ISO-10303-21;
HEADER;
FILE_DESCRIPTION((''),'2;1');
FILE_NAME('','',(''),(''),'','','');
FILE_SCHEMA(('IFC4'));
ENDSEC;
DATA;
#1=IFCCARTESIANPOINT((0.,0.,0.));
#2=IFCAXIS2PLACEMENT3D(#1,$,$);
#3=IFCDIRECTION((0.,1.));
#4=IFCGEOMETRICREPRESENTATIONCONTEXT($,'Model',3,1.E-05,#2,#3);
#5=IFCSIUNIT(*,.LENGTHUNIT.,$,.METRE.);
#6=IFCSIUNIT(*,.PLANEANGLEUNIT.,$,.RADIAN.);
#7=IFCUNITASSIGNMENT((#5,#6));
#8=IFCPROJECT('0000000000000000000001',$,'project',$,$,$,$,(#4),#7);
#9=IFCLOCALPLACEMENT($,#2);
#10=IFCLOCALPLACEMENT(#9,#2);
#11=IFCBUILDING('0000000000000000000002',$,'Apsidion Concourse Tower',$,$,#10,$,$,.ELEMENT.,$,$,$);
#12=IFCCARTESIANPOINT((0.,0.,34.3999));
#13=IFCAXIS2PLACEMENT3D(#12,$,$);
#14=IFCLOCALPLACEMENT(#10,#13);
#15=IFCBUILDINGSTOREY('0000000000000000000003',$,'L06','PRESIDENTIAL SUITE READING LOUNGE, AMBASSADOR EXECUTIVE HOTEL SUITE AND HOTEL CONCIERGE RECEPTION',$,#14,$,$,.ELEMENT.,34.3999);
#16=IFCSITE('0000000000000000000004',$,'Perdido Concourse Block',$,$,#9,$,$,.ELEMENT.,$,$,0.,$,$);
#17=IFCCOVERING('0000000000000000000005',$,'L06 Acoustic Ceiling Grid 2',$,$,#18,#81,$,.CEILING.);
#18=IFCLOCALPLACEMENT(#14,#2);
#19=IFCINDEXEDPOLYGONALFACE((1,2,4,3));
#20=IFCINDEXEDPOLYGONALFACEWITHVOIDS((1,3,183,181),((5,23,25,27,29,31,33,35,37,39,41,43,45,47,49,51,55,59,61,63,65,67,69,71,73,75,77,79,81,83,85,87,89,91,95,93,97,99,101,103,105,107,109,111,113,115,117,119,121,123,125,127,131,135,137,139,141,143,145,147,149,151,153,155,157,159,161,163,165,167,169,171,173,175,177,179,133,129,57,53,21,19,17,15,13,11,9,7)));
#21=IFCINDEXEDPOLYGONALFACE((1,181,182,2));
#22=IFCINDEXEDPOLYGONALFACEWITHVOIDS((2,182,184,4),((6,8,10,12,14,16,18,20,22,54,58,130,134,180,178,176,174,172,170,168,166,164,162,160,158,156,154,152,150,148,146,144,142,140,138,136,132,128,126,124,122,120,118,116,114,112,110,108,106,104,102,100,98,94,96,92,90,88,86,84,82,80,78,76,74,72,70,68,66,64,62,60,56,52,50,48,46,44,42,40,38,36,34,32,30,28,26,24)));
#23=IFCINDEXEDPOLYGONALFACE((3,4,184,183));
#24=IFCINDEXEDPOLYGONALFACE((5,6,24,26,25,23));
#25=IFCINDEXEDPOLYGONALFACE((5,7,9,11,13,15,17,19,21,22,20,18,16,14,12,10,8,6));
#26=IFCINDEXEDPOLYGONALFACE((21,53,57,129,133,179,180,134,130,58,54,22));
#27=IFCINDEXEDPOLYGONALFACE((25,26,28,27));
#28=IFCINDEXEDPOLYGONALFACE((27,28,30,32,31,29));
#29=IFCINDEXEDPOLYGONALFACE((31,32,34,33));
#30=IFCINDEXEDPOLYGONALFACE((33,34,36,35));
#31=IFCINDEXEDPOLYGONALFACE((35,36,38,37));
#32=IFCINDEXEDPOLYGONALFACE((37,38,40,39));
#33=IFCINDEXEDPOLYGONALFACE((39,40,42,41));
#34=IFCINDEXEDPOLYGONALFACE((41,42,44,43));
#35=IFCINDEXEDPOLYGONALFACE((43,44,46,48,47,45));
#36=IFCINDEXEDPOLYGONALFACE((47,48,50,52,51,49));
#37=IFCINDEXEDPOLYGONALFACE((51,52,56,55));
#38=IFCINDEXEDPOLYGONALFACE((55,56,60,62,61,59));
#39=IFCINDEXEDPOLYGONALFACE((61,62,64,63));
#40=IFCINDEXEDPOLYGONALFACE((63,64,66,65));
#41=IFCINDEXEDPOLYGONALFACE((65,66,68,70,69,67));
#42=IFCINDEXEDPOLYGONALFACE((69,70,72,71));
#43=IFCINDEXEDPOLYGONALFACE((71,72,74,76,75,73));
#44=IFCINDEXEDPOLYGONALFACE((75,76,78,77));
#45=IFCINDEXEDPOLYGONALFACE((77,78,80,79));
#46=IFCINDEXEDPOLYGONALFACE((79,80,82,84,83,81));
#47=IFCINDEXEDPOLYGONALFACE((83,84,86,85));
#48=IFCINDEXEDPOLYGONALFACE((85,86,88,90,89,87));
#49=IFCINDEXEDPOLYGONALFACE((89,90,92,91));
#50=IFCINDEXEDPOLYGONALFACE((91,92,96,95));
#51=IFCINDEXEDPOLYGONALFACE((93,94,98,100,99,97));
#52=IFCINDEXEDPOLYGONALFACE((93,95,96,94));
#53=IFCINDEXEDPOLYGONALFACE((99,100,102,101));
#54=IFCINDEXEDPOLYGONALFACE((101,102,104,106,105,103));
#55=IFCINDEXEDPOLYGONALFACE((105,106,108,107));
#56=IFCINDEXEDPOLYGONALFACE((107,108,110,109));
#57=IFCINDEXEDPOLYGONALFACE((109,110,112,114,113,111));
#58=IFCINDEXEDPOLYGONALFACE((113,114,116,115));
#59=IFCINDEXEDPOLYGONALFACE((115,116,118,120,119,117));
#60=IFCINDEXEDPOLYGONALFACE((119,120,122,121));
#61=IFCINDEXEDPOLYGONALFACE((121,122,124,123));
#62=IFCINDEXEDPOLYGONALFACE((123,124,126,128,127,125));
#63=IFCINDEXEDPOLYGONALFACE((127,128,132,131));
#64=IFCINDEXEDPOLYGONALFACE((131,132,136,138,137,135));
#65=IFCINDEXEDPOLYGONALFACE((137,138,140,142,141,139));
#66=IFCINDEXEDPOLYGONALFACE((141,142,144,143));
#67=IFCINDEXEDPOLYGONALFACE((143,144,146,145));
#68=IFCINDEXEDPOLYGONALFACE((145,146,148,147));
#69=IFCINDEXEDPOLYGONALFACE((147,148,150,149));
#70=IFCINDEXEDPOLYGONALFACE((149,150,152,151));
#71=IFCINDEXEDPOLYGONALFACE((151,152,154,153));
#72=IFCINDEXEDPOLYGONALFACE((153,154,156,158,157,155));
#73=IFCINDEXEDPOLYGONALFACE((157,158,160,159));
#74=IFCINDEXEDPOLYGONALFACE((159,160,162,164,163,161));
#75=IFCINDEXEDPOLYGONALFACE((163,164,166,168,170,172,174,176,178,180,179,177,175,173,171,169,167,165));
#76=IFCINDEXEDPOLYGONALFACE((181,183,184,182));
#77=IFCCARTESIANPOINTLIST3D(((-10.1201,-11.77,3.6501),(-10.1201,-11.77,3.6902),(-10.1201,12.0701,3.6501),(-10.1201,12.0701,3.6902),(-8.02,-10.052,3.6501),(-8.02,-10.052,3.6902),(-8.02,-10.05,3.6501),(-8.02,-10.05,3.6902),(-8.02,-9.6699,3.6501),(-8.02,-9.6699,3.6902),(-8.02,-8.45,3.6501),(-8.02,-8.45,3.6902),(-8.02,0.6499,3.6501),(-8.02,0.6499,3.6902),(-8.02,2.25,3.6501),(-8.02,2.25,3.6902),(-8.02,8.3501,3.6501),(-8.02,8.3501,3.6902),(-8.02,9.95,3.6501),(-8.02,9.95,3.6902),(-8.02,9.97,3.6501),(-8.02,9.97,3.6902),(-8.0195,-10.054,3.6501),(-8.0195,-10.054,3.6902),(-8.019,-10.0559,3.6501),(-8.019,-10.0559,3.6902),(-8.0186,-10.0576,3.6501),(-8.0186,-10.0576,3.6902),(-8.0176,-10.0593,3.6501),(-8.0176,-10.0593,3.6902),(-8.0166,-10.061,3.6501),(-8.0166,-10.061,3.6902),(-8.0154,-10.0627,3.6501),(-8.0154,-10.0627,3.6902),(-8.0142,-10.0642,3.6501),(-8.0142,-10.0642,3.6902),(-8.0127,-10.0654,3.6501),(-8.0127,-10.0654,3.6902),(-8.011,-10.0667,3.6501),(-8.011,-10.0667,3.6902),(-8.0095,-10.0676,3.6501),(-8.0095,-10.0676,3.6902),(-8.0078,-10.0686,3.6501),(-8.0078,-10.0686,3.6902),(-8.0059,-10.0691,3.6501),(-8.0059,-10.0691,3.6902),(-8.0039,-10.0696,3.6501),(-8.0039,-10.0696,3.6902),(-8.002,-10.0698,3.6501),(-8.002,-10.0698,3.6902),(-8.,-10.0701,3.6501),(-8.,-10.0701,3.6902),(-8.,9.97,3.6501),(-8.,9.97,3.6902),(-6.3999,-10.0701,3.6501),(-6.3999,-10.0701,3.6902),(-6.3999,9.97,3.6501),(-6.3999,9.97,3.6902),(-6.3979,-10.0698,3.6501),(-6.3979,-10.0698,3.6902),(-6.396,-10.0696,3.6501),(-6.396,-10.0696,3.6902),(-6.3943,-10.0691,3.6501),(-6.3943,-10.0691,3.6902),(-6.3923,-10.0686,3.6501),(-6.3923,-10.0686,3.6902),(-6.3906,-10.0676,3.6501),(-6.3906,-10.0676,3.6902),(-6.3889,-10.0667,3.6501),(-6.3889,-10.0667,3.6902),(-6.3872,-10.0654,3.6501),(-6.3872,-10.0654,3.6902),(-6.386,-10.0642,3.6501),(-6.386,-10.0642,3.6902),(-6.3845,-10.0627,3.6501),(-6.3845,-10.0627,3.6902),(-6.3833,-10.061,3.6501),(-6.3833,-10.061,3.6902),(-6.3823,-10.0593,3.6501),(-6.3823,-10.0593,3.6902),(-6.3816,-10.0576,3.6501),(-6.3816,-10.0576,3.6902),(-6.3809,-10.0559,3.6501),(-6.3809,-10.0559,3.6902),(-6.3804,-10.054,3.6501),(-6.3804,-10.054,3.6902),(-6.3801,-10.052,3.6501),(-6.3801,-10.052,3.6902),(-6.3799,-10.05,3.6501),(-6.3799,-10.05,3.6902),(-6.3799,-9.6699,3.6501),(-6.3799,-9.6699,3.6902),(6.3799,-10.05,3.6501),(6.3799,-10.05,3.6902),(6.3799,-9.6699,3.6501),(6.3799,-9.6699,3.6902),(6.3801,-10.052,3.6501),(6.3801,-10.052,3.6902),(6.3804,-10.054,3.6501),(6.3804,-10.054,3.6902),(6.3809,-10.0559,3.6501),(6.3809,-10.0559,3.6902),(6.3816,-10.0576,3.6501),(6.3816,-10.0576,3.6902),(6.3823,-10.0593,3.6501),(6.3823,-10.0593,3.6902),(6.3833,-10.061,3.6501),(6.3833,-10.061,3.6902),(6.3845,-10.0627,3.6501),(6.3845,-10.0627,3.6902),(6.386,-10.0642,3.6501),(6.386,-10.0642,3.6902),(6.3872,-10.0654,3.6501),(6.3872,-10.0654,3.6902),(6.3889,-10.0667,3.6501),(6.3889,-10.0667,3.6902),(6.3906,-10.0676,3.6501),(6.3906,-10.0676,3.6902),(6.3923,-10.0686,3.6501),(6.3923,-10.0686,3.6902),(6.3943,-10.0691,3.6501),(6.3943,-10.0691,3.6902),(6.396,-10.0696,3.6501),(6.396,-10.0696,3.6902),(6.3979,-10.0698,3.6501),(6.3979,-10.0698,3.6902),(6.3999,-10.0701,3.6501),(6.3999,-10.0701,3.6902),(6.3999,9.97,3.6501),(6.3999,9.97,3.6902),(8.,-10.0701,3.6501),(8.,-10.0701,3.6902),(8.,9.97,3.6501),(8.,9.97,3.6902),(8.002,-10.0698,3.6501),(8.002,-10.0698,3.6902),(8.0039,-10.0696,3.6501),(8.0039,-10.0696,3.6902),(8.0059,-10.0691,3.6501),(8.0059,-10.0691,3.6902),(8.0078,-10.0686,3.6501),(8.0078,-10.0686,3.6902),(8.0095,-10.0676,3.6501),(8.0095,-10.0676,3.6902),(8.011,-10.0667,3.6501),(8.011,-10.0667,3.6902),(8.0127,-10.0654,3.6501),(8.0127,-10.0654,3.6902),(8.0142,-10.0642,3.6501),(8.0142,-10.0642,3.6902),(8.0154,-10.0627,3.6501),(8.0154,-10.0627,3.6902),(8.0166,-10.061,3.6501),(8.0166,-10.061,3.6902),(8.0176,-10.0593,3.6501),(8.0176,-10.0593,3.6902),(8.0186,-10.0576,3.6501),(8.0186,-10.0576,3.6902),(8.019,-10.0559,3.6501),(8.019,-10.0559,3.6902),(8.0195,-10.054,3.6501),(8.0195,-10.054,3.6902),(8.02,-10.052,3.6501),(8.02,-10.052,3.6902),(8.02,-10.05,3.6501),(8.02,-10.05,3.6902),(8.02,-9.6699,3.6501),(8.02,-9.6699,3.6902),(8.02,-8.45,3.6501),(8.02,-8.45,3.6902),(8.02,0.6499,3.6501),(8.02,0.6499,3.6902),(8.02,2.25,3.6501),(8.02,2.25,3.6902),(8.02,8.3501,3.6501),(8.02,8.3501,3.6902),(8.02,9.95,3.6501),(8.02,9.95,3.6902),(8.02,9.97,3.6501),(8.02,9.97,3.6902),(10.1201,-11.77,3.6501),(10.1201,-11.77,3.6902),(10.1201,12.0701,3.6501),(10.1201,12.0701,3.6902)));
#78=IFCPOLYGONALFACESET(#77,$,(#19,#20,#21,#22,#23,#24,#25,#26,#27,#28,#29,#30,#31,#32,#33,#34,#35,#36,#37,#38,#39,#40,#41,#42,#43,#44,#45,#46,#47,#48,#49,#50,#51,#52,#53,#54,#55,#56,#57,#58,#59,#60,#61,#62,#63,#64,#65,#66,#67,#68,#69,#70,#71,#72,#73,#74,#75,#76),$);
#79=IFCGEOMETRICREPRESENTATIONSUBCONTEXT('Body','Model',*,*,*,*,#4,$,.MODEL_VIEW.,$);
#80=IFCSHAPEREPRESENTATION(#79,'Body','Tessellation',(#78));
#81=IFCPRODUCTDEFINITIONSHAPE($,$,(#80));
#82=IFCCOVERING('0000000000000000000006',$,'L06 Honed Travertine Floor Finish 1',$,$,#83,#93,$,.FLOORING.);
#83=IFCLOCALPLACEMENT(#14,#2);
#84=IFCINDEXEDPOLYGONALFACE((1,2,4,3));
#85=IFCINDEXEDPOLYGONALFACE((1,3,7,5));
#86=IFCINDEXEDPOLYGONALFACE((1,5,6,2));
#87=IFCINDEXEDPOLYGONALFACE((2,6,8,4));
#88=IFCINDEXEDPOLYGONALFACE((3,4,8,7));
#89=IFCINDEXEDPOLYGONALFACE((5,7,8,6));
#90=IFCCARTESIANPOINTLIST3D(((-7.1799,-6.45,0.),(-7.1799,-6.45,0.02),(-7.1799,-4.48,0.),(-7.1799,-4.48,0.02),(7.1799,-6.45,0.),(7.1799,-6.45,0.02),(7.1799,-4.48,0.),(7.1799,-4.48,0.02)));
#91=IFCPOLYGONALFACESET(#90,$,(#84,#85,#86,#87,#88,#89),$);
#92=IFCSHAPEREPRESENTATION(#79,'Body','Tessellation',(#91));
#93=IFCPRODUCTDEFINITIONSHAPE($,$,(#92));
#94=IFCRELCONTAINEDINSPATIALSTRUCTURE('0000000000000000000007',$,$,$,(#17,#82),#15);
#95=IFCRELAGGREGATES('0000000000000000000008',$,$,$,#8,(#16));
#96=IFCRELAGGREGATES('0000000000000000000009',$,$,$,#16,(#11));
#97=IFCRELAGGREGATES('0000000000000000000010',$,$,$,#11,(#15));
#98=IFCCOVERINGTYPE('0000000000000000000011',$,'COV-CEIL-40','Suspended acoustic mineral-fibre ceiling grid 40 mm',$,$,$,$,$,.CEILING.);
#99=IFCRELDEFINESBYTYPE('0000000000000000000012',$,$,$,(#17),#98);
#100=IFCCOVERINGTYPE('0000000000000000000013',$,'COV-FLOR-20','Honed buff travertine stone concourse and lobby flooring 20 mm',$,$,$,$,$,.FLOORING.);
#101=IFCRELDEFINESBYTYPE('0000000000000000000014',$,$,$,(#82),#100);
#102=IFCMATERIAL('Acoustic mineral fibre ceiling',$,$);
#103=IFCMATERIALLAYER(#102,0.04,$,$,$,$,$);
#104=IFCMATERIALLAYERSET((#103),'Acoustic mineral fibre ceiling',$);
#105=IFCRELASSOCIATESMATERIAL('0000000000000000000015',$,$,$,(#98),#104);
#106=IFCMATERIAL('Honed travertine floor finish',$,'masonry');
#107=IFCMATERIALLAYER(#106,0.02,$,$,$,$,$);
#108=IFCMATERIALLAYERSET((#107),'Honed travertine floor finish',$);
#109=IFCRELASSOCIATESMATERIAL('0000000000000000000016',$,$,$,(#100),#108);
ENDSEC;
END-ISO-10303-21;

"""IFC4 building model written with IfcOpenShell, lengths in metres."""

from ifc_helpers import new_model, si_unit, direction, frame, origin, place, context, subcontext, project, spatial, polyline, outline, extrude, material, layer, layer_set, type_object, element, save


model = new_model("IFC4")

# Units and contexts
model_context = context("Model", 3, precision=1e-05, world=origin(), true_north=direction((0.0, 1.0)))
body_context = subcontext(model_context, "Body", "Model", "MODEL_VIEW")
ifc_project = project(units=[si_unit("LENGTHUNIT", "METRE"), si_unit("PLANEANGLEUNIT", "RADIAN")], contexts=[model_context])

# Site, building, storey
site_placement = place(None, origin())
site = spatial("IfcSite", under=ifc_project, at=site_placement, Name="Perdido Concourse Block", CompositionType="ELEMENT", RefElevation=0.0)
building_placement = place(site_placement, origin())
building = spatial("IfcBuilding", under=site, at=building_placement, Name="Apsidion Concourse Tower", CompositionType="ELEMENT")
storey_placement = place(building_placement, frame((0.0, 0.0, 34.3999)))
storey = spatial("IfcBuildingStorey", under=building, at=storey_placement, Name="L06", Description="PRESIDENTIAL SUITE READING LOUNGE, AMBASSADOR EXECUTIVE HOTEL SUITE AND HOTEL CONCIERGE RECEPTION", CompositionType="ELEMENT", Elevation=34.3999)

# Coverings
ifc_material_1 = material(Name="Acoustic mineral fibre ceiling")
ifc_layer_1 = layer(ifc_material_1, 0.04)
ifc_layer_set_1 = layer_set([ifc_layer_1], Name="Acoustic mineral fibre ceiling")
covering_type_1 = type_object("IfcCoveringType", Name="COV-CEIL-40", Description="Suspended acoustic mineral-fibre ceiling grid 40 mm", PredefinedType="CEILING", material=ifc_layer_set_1)
covering_1_placement = place(storey_placement, frame((0.0, 0.0, 3.6501)))
element("IfcCovering", 1, at=covering_1_placement, inside=storey, type_object=covering_type_1, Name="L06 Acoustic Ceiling Grid 2", PredefinedType="CEILING", context=body_context, shape_type="SweptSolid", body=[
    extrude(outline(polyline([(10.1201, 12.0701), (10.1201, -11.77), (-10.1201, -11.77), (-10.1201, 12.0701), (10.1201, 12.0701)]), holes=[polyline([(-8.02, 9.95), (-8.02, 8.3501), (-8.02, 2.25), (-8.02, 0.6499), (-8.02, -8.45), (-8.02, -9.6699), (-8.02, -10.05), (-8.02, -10.052), (-8.0195, -10.054), (-8.019, -10.0559), (-8.0186, -10.0576), (-8.0176, -10.0593), (-8.0166, -10.061), (-8.0154, -10.0627), (-8.0142, -10.0642), (-8.0127, -10.0654), (-8.011, -10.0667), (-8.0095, -10.0676), (-8.0078, -10.0686), (-8.0059, -10.0691), (-8.0039, -10.0696), (-8.002, -10.0698), (-8.0, -10.0701), (-6.3999, -10.0701), (-6.3979, -10.0698), (-6.396, -10.0696), (-6.3943, -10.0691), (-6.3923, -10.0686), (-6.3906, -10.0676), (-6.3889, -10.0667), (-6.3872, -10.0654), (-6.386, -10.0642), (-6.3845, -10.0627), (-6.3833, -10.061), (-6.3823, -10.0593), (-6.3816, -10.0576), (-6.3809, -10.0559), (-6.3804, -10.054), (-6.3801, -10.052), (-6.3799, -10.05), (-6.3799, -9.6699), (6.3799, -9.6699), (6.3799, -10.05), (6.3801, -10.052), (6.3804, -10.054), (6.3809, -10.0559), (6.3816, -10.0576), (6.3823, -10.0593), (6.3833, -10.061), (6.3845, -10.0627), (6.386, -10.0642), (6.3872, -10.0654), (6.3889, -10.0667), (6.3906, -10.0676), (6.3923, -10.0686), (6.3943, -10.0691), (6.396, -10.0696), (6.3979, -10.0698), (6.3999, -10.0701), (8.0, -10.0701), (8.002, -10.0698), (8.0039, -10.0696), (8.0059, -10.0691), (8.0078, -10.0686), (8.0095, -10.0676), (8.011, -10.0667), (8.0127, -10.0654), (8.0142, -10.0642), (8.0154, -10.0627), (8.0166, -10.061), (8.0176, -10.0593), (8.0186, -10.0576), (8.019, -10.0559), (8.0195, -10.054), (8.02, -10.052), (8.02, -10.05), (8.02, -9.6699), (8.02, -8.45), (8.02, 0.6499), (8.02, 2.25), (8.02, 8.3501), (8.02, 9.95), (8.02, 9.97), (8.0, 9.97), (6.3999, 9.97), (-6.3999, 9.97), (-8.0, 9.97), (-8.02, 9.97), (-8.02, 9.95)])]), origin(), (0.0, 0.0, 1.0), 0.04),
])
ifc_material_2 = material(Name="Honed travertine floor finish", Category="masonry")
ifc_layer_2 = layer(ifc_material_2, 0.02)
ifc_layer_set_2 = layer_set([ifc_layer_2], Name="Honed travertine floor finish")
covering_type_2 = type_object("IfcCoveringType", Name="COV-FLOR-20", Description="Honed buff travertine stone concourse and lobby flooring 20 mm", PredefinedType="FLOORING", material=ifc_layer_set_2)
covering_2_placement = place(storey_placement, origin())
element("IfcCovering", 2, at=covering_2_placement, inside=storey, type_object=covering_type_2, Name="L06 Honed Travertine Floor Finish 1", PredefinedType="FLOORING", context=body_context, shape_type="SweptSolid", body=[
    extrude(outline(polyline([(-7.1799, -6.45), (-7.1799, -4.48), (7.1799, -4.48), (7.1799, -6.45), (-7.1799, -6.45)])), origin(), (0.0, 0.0, 1.0), 0.02),
])

save(model, "model.ifc")
